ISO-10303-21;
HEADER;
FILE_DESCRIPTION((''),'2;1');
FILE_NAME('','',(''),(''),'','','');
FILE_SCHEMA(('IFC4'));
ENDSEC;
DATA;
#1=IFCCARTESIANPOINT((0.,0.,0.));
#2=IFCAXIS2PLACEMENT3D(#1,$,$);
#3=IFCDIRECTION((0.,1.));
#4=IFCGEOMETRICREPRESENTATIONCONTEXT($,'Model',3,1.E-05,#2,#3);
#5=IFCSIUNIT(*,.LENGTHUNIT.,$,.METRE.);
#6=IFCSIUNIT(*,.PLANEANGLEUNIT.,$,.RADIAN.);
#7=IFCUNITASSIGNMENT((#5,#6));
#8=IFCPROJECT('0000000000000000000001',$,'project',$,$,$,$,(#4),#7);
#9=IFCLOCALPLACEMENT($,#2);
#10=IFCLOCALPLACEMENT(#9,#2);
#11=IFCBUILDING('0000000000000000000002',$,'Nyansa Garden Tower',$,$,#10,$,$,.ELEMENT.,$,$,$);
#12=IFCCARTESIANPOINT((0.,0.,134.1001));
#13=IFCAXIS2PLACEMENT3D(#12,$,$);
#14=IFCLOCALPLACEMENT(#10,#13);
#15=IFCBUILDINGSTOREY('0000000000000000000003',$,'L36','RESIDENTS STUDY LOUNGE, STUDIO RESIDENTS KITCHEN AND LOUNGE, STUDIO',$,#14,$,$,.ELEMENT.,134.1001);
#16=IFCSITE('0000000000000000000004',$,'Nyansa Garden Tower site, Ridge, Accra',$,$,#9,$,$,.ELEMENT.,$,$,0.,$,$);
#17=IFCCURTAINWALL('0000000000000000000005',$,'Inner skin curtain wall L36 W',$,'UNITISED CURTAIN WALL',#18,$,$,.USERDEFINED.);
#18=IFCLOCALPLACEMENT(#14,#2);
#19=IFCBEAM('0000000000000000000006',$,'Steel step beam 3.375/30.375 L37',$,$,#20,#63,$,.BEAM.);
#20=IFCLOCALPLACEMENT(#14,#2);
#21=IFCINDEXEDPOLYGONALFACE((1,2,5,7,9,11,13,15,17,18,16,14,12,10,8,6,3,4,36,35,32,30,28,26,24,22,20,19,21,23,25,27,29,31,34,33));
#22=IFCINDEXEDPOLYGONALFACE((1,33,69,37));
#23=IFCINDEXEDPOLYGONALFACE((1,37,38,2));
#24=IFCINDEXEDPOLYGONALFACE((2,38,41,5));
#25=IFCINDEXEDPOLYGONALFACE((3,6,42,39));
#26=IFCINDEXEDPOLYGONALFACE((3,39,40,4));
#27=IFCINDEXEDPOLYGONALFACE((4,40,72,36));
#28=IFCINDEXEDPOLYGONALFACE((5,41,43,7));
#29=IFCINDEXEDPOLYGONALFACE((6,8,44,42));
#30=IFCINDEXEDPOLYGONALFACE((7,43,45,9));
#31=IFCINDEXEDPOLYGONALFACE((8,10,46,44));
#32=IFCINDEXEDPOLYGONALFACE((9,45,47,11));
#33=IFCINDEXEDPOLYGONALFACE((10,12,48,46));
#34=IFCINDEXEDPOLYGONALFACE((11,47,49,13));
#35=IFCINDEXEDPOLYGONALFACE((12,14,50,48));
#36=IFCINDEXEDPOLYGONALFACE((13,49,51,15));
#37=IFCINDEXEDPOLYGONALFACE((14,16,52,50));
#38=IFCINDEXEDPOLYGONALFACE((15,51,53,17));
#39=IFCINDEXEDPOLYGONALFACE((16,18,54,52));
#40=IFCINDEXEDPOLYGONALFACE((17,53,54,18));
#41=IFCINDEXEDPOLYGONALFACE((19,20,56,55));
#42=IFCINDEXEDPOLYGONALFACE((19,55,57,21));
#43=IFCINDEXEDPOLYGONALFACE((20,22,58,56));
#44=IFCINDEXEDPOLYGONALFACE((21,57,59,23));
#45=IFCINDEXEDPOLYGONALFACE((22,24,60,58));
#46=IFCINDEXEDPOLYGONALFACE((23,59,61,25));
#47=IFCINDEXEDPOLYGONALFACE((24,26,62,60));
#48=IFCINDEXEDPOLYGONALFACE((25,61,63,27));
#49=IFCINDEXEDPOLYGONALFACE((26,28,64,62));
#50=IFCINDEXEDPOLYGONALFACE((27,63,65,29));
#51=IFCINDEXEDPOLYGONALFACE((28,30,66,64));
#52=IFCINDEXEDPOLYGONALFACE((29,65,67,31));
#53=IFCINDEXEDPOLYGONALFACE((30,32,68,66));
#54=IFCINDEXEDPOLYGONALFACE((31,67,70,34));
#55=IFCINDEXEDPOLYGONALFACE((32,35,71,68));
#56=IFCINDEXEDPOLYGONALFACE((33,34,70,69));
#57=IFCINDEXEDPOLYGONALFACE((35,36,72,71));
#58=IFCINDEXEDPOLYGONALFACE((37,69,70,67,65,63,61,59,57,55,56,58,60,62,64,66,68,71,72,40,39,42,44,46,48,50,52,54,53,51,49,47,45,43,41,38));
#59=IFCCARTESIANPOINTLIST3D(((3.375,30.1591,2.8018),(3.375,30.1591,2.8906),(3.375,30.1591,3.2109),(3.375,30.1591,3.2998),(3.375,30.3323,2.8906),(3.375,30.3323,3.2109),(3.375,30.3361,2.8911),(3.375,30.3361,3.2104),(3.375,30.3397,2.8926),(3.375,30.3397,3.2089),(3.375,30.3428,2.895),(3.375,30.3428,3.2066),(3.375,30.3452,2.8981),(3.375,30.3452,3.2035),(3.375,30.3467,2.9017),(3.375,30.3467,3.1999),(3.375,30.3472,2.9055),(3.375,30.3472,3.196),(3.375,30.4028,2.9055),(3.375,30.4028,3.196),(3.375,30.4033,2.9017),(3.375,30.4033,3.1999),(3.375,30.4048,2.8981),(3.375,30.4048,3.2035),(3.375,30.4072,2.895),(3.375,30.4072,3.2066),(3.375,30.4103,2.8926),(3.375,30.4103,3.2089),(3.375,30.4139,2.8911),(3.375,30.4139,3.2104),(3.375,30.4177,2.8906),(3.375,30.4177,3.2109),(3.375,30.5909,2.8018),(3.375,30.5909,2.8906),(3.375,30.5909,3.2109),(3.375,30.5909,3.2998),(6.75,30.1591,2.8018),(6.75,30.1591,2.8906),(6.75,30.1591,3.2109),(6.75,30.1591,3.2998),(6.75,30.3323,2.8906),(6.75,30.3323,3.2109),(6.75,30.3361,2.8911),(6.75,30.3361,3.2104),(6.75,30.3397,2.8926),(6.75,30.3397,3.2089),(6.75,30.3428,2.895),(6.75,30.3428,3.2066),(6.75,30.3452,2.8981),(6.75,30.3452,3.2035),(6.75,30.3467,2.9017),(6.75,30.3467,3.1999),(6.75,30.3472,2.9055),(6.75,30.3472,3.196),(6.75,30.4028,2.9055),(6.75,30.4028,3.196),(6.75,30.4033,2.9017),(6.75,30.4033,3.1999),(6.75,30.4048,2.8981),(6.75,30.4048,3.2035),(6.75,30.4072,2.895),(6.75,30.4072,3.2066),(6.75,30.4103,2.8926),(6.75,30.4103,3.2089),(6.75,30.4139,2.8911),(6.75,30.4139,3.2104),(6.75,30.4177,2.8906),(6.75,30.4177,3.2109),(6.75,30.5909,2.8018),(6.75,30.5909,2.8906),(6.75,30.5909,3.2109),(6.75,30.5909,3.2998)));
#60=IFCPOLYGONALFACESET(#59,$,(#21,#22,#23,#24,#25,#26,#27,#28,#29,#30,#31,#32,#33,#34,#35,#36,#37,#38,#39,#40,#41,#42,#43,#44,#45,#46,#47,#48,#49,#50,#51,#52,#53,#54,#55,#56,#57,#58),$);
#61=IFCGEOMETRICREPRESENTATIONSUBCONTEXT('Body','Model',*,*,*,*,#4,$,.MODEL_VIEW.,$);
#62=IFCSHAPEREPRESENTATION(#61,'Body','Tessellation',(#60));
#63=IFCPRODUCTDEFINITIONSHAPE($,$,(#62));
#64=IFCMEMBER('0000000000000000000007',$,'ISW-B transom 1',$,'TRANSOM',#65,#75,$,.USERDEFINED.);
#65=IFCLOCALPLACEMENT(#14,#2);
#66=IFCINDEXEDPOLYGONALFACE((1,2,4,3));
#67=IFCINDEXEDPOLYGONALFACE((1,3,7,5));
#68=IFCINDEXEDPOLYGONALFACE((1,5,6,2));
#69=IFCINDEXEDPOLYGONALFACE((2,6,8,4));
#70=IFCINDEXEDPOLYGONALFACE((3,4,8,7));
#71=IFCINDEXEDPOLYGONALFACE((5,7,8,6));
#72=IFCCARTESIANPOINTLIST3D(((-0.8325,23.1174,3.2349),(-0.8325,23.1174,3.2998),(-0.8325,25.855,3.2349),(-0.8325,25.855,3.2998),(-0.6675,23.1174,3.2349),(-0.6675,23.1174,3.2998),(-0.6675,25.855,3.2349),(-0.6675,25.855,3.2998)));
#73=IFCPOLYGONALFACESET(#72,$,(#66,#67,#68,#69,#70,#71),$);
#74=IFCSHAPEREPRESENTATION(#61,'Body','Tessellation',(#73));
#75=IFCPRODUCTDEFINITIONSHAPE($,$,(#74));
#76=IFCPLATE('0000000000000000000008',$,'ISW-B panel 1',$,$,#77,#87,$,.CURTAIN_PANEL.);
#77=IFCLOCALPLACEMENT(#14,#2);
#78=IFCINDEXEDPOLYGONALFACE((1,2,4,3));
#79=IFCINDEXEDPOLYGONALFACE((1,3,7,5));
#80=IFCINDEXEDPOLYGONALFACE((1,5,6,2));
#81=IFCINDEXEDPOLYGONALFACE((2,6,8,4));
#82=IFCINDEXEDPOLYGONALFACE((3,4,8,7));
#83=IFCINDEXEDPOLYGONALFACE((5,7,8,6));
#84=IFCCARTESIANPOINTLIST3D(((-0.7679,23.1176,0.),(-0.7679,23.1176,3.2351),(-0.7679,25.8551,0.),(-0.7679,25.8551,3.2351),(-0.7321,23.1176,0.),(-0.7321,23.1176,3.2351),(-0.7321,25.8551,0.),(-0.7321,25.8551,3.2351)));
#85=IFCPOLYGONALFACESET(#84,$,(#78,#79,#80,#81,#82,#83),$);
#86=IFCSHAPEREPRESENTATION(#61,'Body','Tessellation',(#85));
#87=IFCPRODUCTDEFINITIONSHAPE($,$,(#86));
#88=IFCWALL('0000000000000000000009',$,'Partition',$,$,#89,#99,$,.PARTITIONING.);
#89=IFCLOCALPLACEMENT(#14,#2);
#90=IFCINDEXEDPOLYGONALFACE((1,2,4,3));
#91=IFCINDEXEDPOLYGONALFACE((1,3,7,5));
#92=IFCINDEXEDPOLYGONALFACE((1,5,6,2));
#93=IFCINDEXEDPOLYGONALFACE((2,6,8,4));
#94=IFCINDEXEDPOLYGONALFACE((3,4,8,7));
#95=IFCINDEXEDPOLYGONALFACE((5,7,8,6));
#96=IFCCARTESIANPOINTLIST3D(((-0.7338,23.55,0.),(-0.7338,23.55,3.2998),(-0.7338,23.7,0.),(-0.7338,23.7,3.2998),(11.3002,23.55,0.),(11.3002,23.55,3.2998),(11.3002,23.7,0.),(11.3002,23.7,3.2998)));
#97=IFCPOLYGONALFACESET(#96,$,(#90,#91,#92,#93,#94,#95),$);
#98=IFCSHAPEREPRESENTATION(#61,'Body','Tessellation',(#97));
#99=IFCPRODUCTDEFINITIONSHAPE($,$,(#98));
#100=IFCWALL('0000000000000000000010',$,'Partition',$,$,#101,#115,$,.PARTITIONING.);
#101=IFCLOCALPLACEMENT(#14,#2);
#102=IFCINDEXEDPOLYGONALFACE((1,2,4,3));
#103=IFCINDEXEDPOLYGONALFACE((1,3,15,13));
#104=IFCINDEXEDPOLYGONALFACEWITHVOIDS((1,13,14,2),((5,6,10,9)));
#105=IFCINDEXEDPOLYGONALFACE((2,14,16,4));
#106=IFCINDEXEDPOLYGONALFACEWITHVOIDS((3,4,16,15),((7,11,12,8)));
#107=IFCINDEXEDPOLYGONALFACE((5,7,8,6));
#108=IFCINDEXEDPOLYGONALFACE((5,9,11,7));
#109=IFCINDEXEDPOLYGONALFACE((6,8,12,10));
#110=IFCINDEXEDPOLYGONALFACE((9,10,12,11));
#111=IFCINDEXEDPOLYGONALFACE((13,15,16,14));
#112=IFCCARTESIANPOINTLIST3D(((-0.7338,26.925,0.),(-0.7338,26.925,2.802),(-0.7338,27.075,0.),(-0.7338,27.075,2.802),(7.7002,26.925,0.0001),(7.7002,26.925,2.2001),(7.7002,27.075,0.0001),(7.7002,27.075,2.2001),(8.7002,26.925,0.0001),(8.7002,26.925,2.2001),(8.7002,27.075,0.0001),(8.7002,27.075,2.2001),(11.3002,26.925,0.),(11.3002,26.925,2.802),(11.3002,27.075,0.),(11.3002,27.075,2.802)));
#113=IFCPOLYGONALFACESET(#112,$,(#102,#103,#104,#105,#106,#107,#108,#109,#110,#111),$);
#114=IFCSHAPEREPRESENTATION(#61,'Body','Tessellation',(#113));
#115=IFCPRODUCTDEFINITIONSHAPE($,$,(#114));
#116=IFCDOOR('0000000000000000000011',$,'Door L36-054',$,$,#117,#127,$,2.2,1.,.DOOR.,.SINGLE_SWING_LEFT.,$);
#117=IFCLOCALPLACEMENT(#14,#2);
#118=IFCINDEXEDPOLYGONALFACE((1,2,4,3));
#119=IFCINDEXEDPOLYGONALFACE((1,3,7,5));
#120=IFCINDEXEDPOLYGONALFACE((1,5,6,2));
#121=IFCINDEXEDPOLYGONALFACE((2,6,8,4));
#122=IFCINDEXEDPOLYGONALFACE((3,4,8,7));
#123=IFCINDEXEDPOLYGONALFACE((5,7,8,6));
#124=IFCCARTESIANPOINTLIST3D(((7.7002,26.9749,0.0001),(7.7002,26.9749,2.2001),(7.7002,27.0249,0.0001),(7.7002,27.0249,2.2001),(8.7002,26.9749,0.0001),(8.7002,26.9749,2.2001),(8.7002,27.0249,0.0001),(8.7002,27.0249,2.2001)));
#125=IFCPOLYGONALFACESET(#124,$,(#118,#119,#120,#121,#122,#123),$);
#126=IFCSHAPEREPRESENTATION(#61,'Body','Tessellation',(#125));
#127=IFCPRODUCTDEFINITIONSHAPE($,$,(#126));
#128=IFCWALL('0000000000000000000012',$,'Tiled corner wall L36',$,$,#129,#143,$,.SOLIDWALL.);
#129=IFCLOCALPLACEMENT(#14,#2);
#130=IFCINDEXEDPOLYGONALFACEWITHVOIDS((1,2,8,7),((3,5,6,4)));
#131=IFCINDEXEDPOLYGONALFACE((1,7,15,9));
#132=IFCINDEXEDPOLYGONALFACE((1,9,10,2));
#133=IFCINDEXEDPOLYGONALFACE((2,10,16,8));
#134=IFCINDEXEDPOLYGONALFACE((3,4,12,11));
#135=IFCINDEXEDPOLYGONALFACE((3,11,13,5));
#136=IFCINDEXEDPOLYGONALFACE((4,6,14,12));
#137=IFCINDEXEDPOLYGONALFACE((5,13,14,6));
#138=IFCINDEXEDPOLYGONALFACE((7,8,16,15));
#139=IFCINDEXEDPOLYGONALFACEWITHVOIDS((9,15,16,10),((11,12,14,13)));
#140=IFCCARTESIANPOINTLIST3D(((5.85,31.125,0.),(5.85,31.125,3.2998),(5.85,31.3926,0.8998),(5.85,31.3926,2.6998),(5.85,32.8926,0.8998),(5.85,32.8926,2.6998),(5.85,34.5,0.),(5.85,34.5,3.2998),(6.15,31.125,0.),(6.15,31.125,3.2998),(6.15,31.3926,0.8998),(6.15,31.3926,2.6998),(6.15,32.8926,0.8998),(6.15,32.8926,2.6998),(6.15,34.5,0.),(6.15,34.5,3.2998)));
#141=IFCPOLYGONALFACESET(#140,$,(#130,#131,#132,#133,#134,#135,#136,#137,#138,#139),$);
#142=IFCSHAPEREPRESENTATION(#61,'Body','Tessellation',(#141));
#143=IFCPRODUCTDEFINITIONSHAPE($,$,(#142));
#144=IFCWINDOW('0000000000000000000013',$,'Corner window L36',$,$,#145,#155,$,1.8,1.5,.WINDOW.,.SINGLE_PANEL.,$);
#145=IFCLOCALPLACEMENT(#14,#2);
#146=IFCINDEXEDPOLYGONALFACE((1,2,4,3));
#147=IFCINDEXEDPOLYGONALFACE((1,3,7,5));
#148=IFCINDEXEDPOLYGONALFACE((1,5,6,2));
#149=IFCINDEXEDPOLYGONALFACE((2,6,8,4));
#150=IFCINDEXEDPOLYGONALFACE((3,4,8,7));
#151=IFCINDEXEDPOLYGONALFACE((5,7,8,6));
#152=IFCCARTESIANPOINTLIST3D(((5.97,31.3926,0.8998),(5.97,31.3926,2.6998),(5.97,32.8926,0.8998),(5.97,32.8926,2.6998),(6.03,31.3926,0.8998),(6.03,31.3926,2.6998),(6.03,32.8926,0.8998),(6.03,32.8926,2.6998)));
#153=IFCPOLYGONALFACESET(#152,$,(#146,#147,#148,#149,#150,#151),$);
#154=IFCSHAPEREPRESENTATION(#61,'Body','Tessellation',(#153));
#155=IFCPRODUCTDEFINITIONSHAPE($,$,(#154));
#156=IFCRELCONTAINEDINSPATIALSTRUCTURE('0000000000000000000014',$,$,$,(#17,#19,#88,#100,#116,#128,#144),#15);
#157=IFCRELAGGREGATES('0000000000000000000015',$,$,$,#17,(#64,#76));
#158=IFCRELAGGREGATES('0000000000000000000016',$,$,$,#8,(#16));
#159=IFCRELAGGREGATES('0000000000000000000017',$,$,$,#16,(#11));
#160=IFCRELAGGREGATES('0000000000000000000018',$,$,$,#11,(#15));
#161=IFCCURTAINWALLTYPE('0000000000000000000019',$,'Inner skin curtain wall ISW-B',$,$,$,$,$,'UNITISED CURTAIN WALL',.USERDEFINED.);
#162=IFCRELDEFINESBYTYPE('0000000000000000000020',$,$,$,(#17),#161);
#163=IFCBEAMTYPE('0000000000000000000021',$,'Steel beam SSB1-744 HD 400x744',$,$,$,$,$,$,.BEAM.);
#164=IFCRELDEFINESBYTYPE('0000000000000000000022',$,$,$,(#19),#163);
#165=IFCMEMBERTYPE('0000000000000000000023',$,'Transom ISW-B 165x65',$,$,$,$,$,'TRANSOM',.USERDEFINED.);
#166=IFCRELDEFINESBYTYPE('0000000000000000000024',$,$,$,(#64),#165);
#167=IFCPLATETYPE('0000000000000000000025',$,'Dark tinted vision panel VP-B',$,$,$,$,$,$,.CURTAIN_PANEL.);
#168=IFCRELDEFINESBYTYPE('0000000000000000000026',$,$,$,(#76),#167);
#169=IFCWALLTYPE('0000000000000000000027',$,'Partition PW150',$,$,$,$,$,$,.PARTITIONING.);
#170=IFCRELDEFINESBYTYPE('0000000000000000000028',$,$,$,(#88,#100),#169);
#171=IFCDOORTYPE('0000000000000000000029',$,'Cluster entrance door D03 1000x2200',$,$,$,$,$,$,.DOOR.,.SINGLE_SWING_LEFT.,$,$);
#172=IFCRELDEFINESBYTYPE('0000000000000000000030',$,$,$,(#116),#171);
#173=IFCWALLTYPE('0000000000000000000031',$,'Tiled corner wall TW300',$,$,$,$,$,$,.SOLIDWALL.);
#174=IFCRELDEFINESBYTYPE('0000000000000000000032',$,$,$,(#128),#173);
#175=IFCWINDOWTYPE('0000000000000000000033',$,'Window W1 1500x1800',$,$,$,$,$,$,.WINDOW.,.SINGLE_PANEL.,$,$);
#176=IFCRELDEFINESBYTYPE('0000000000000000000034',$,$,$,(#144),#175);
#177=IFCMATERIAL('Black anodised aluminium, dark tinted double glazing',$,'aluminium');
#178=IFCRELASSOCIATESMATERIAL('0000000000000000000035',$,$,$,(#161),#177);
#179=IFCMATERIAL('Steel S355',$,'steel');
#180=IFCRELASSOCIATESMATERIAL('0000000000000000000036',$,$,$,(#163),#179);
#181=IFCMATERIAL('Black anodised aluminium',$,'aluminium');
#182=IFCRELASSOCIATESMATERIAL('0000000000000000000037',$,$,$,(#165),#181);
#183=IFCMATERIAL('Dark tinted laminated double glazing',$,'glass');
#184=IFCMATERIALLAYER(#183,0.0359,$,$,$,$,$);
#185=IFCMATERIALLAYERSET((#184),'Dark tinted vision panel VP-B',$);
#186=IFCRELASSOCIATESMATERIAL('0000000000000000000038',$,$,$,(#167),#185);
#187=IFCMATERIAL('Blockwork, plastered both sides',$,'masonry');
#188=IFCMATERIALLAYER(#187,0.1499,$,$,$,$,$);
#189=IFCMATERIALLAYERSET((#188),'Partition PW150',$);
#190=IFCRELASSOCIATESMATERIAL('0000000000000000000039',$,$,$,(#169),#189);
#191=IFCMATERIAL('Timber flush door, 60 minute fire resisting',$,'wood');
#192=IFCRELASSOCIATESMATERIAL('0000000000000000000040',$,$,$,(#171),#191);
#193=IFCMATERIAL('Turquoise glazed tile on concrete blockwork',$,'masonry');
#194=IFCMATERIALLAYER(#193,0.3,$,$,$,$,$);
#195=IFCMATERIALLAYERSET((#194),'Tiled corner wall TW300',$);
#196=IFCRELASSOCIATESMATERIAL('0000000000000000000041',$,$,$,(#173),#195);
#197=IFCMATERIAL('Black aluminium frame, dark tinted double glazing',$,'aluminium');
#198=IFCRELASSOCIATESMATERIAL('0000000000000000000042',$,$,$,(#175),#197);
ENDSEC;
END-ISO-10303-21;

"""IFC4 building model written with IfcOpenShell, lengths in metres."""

from ifc_helpers import new_model, si_unit, direction, frame, frame_2d, origin, origin_2d, place, context, subcontext, project, spatial, rectangle, i_section, extrude, material, layer, layer_set, material_profile, profile_set, type_object, element, fill, aggregate, save


model = new_model("IFC4")

# Units and contexts
model_context = context("Model", 3, precision=1e-05, world=origin(), true_north=direction((0.0, 1.0)))
body_context = subcontext(model_context, "Body", "Model", "MODEL_VIEW")
ifc_project = project(units=[si_unit("LENGTHUNIT", "METRE"), si_unit("PLANEANGLEUNIT", "RADIAN")], contexts=[model_context])

# Site, building, storey
site_placement = place(None, origin())
site = spatial("IfcSite", under=ifc_project, at=site_placement, Name="Nyansa Garden Tower site, Ridge, Accra", CompositionType="ELEMENT", RefElevation=0.0)
building_placement = place(site_placement, origin())
building = spatial("IfcBuilding", under=site, at=building_placement, Name="Nyansa Garden Tower", CompositionType="ELEMENT")
storey_placement = place(building_placement, frame((0.0, 0.0, 134.1001)))
storey = spatial("IfcBuildingStorey", under=building, at=storey_placement, Name="L36", Description="RESIDENTS STUDY LOUNGE, STUDIO RESIDENTS KITCHEN AND LOUNGE, STUDIO", CompositionType="ELEMENT", Elevation=134.1001)

# Curtain wall
ifc_material_1 = material(Name="Black anodised aluminium, dark tinted double glazing", Category="aluminium")
curtain_wall_type = type_object("IfcCurtainWallType", Name="Inner skin curtain wall ISW-B", ElementType="UNITISED CURTAIN WALL", PredefinedType="USERDEFINED", material=ifc_material_1)
curtain_wall_1_placement = place(storey_placement, origin())
curtain_wall_1 = element("IfcCurtainWall", 1, at=curtain_wall_1_placement, inside=storey, type_object=curtain_wall_type, Name="Inner skin curtain wall L36 W", ObjectType="UNITISED CURTAIN WALL", PredefinedType="USERDEFINED")

# Beam
ifc_material_2 = material(Name="Steel S355", Category="steel")
ifc_material_profile_1 = material_profile(ifc_material_2, i_section(OverallWidth=0.4319, OverallDepth=0.498, WebThickness=0.0557, FlangeThickness=0.0889, FilletRadius=0.0149, at=origin_2d()), Name="HD 400x744")
ifc_profile_set_1 = profile_set([ifc_material_profile_1], Name="Steel S355")
beam_type_1 = type_object("IfcBeamType", Name="Steel beam SSB1-744 HD 400x744", PredefinedType="BEAM", material=ifc_profile_set_1)
for number, where, z_axis, x_axis, name in (
    (2, (3.375, 30.375, 3.0508), (1.0, 0.0, 0.0), (0.0, 1.0, 0.0), "Steel step beam 3.375/30.375 L37"),
):
    element("IfcBeam", number, at=place(storey_placement, frame(where, z_axis=z_axis, x_axis=x_axis)), inside=storey, type_object=beam_type_1, Name=name, PredefinedType="BEAM", context=body_context, shape_type="SweptSolid", body=[
        extrude(i_section(OverallWidth=0.4319, OverallDepth=0.498, WebThickness=0.0557, FlangeThickness=0.0889, FilletRadius=0.0149, at=origin_2d()), origin(), (0.0, 0.0, 1.0), 3.375),
    ])

# Member
ifc_material_3 = material(Name="Black anodised aluminium", Category="aluminium")
ifc_material_profile_2 = material_profile(ifc_material_3, rectangle(XDim=0.165, YDim=0.0649, at=origin_2d()), Name="Transom 165x65")
ifc_profile_set_2 = profile_set([ifc_material_profile_2], Name="Black anodised aluminium")
member_type_1 = type_object("IfcMemberType", Name="Transom ISW-B 165x65", ElementType="TRANSOM", PredefinedType="USERDEFINED", material=ifc_profile_set_2)
member_1_placement = place(storey_placement, frame((-0.75, 25.855, 3.2673), z_axis=(0.0, -1.0, 0.0), x_axis=(1.0, 0.0, 0.0)))
member_1 = element("IfcMember", 3, at=member_1_placement, type_object=member_type_1, Name="ISW-B transom 1", ObjectType="TRANSOM", PredefinedType="USERDEFINED", context=body_context, shape_type="SweptSolid", body=[
    extrude(rectangle(XDim=0.165, YDim=0.0649, at=origin_2d()), origin(), (0.0, 0.0, 1.0), 2.7375),
])

# Plate
ifc_material_4 = material(Name="Dark tinted laminated double glazing", Category="glass")
ifc_layer_1 = layer(ifc_material_4, 0.0359)
ifc_layer_set_1 = layer_set([ifc_layer_1], Name="Dark tinted vision panel VP-B")
plate_type = type_object("IfcPlateType", Name="Dark tinted vision panel VP-B", PredefinedType="CURTAIN_PANEL", material=ifc_layer_set_1)
plate_placement = place(storey_placement, frame((-0.75, 24.4863, 0.0), z_axis=(0.0, 0.0, 1.0), x_axis=(0.0, -1.0, 0.0)))
plate = element("IfcPlate", 4, at=plate_placement, type_object=plate_type, Name="ISW-B panel 1", PredefinedType="CURTAIN_PANEL", context=body_context, shape_type="SweptSolid", body=[
    extrude(rectangle(XDim=2.7375, YDim=0.0359, at=origin_2d()), origin(), (0.0, 0.0, 1.0), 3.2351),
])
aggregate(curtain_wall_1, [member_1, plate])

# Wall
ifc_material_5 = material(Name="Blockwork, plastered both sides", Category="masonry")
ifc_layer_2 = layer(ifc_material_5, 0.1499)
ifc_layer_set_2 = layer_set([ifc_layer_2], Name="Partition PW150")
wall_type_1 = type_object("IfcWallType", Name="Partition PW150", PredefinedType="PARTITIONING", material=ifc_layer_set_2)
wall_1_placement = place(storey_placement, frame((-0.7339, 23.625, 0.0), z_axis=(0.0, 0.0, 1.0), x_axis=(1.0, 0.0, 0.0)))
element("IfcWall", 5, at=wall_1_placement, inside=storey, type_object=wall_type_1, Name="Partition", PredefinedType="PARTITIONING", context=body_context, shape_type="SweptSolid", body=[
    extrude(rectangle(XDim=12.0339, YDim=0.1499, at=frame_2d((6.0171, 0.0))), origin(), (0.0, 0.0, 1.0), 3.2998),
])

# Wall, opening, door
wall_2_placement = place(storey_placement, frame((-0.7339, 27.0, 0.0), z_axis=(0.0, 0.0, 1.0), x_axis=(1.0, 0.0, 0.0)))
wall_2 = element("IfcWall", 6, at=wall_2_placement, inside=storey, type_object=wall_type_1, Name="Partition", PredefinedType="PARTITIONING", context=body_context, shape_type="SweptSolid", body=[
    extrude(rectangle(XDim=12.0339, YDim=0.1499, at=frame_2d((6.0171, 0.0))), origin(), (0.0, 0.0, 1.0), 2.802),
])
opening_1_placement = place(wall_2_placement, frame((8.4341, 0.0, 0.0)))
opening_1 = element("IfcOpeningElement", 7, at=opening_1_placement, cuts=wall_2, PredefinedType="OPENING", context=body_context, shape_type="SweptSolid", body=[
    extrude(rectangle(XDim=1.0, YDim=2.2, at=frame_2d((0.5, 1.1001))), frame((0.0, 0.085, 0.0), z_axis=(0.0, -1.0, 0.0), x_axis=(1.0, 0.0, 0.0)), (0.0, 0.0, 1.0), 0.1699),
])
ifc_material_6 = material(Name="Timber flush door, 60 minute fire resisting", Category="wood")
door_type_1 = type_object("IfcDoorType", Name="Cluster entrance door D03 1000x2200", OperationType="SINGLE_SWING_LEFT", PredefinedType="DOOR", material=ifc_material_6)
door_1_placement = place(opening_1_placement, origin())
door_1 = element("IfcDoor", 8, at=door_1_placement, inside=storey, type_object=door_type_1, Name="Door L36-054", OperationType="SINGLE_SWING_LEFT", OverallHeight=2.2, OverallWidth=1.0, PredefinedType="DOOR", context=body_context, shape_type="SweptSolid", body=[
    extrude(rectangle(XDim=1.0, YDim=2.2, at=frame_2d((0.5, 1.1001))), frame((0.0, 0.0249, 0.0), z_axis=(0.0, -1.0, 0.0), x_axis=(1.0, 0.0, 0.0)), (0.0, 0.0, 1.0), 0.05),
])
fill(opening_1, door_1)

# Wall, opening, window
ifc_material_7 = material(Name="Turquoise glazed tile on concrete blockwork", Category="masonry")
ifc_layer_3 = layer(ifc_material_7, 0.3)
ifc_layer_set_3 = layer_set([ifc_layer_3], Name="Tiled corner wall TW300")
wall_type_2 = type_object("IfcWallType", Name="Tiled corner wall TW300", PredefinedType="SOLIDWALL", material=ifc_layer_set_3)
wall_3_placement = place(storey_placement, frame((6.0, 34.5, 0.0), z_axis=(0.0, 0.0, 1.0), x_axis=(0.0, -1.0, 0.0)))
wall_3 = element("IfcWall", 9, at=wall_3_placement, inside=storey, type_object=wall_type_2, Name="Tiled corner wall L36", PredefinedType="SOLIDWALL", context=body_context, shape_type="SweptSolid", body=[
    extrude(rectangle(XDim=3.375, YDim=0.3, at=frame_2d((1.6875, 0.0))), origin(), (0.0, 0.0, 1.0), 3.2998),
])
opening_2_placement = place(wall_3_placement, frame((1.6074, 0.0, 0.8999)))
opening_2 = element("IfcOpeningElement", 10, at=opening_2_placement, cuts=wall_3, PredefinedType="OPENING", context=body_context, shape_type="SweptSolid", body=[
    extrude(rectangle(XDim=1.5, YDim=1.8, at=frame_2d((0.75, 0.8999))), frame((0.0, 0.1599, 0.0), z_axis=(0.0, -1.0, 0.0), x_axis=(1.0, 0.0, 0.0)), (0.0, 0.0, 1.0), 0.3201),
])
ifc_material_8 = material(Name="Black aluminium frame, dark tinted double glazing", Category="aluminium")
window_type_1 = type_object("IfcWindowType", Name="Window W1 1500x1800", PartitioningType="SINGLE_PANEL", PredefinedType="WINDOW", material=ifc_material_8)
window_1_placement = place(opening_2_placement, origin())
window_1 = element("IfcWindow", 11, at=window_1_placement, inside=storey, type_object=window_type_1, Name="Corner window L36", OverallHeight=1.8, OverallWidth=1.5, PartitioningType="SINGLE_PANEL", PredefinedType="WINDOW", context=body_context, shape_type="SweptSolid", body=[
    extrude(rectangle(XDim=1.5, YDim=1.8, at=frame_2d((0.75, 0.8999))), frame((0.0, 0.03, 0.0), z_axis=(0.0, -1.0, 0.0), x_axis=(1.0, 0.0, 0.0)), (0.0, 0.0, 1.0), 0.0601),
])
fill(opening_2, window_1)

save(model, "model.ifc")
